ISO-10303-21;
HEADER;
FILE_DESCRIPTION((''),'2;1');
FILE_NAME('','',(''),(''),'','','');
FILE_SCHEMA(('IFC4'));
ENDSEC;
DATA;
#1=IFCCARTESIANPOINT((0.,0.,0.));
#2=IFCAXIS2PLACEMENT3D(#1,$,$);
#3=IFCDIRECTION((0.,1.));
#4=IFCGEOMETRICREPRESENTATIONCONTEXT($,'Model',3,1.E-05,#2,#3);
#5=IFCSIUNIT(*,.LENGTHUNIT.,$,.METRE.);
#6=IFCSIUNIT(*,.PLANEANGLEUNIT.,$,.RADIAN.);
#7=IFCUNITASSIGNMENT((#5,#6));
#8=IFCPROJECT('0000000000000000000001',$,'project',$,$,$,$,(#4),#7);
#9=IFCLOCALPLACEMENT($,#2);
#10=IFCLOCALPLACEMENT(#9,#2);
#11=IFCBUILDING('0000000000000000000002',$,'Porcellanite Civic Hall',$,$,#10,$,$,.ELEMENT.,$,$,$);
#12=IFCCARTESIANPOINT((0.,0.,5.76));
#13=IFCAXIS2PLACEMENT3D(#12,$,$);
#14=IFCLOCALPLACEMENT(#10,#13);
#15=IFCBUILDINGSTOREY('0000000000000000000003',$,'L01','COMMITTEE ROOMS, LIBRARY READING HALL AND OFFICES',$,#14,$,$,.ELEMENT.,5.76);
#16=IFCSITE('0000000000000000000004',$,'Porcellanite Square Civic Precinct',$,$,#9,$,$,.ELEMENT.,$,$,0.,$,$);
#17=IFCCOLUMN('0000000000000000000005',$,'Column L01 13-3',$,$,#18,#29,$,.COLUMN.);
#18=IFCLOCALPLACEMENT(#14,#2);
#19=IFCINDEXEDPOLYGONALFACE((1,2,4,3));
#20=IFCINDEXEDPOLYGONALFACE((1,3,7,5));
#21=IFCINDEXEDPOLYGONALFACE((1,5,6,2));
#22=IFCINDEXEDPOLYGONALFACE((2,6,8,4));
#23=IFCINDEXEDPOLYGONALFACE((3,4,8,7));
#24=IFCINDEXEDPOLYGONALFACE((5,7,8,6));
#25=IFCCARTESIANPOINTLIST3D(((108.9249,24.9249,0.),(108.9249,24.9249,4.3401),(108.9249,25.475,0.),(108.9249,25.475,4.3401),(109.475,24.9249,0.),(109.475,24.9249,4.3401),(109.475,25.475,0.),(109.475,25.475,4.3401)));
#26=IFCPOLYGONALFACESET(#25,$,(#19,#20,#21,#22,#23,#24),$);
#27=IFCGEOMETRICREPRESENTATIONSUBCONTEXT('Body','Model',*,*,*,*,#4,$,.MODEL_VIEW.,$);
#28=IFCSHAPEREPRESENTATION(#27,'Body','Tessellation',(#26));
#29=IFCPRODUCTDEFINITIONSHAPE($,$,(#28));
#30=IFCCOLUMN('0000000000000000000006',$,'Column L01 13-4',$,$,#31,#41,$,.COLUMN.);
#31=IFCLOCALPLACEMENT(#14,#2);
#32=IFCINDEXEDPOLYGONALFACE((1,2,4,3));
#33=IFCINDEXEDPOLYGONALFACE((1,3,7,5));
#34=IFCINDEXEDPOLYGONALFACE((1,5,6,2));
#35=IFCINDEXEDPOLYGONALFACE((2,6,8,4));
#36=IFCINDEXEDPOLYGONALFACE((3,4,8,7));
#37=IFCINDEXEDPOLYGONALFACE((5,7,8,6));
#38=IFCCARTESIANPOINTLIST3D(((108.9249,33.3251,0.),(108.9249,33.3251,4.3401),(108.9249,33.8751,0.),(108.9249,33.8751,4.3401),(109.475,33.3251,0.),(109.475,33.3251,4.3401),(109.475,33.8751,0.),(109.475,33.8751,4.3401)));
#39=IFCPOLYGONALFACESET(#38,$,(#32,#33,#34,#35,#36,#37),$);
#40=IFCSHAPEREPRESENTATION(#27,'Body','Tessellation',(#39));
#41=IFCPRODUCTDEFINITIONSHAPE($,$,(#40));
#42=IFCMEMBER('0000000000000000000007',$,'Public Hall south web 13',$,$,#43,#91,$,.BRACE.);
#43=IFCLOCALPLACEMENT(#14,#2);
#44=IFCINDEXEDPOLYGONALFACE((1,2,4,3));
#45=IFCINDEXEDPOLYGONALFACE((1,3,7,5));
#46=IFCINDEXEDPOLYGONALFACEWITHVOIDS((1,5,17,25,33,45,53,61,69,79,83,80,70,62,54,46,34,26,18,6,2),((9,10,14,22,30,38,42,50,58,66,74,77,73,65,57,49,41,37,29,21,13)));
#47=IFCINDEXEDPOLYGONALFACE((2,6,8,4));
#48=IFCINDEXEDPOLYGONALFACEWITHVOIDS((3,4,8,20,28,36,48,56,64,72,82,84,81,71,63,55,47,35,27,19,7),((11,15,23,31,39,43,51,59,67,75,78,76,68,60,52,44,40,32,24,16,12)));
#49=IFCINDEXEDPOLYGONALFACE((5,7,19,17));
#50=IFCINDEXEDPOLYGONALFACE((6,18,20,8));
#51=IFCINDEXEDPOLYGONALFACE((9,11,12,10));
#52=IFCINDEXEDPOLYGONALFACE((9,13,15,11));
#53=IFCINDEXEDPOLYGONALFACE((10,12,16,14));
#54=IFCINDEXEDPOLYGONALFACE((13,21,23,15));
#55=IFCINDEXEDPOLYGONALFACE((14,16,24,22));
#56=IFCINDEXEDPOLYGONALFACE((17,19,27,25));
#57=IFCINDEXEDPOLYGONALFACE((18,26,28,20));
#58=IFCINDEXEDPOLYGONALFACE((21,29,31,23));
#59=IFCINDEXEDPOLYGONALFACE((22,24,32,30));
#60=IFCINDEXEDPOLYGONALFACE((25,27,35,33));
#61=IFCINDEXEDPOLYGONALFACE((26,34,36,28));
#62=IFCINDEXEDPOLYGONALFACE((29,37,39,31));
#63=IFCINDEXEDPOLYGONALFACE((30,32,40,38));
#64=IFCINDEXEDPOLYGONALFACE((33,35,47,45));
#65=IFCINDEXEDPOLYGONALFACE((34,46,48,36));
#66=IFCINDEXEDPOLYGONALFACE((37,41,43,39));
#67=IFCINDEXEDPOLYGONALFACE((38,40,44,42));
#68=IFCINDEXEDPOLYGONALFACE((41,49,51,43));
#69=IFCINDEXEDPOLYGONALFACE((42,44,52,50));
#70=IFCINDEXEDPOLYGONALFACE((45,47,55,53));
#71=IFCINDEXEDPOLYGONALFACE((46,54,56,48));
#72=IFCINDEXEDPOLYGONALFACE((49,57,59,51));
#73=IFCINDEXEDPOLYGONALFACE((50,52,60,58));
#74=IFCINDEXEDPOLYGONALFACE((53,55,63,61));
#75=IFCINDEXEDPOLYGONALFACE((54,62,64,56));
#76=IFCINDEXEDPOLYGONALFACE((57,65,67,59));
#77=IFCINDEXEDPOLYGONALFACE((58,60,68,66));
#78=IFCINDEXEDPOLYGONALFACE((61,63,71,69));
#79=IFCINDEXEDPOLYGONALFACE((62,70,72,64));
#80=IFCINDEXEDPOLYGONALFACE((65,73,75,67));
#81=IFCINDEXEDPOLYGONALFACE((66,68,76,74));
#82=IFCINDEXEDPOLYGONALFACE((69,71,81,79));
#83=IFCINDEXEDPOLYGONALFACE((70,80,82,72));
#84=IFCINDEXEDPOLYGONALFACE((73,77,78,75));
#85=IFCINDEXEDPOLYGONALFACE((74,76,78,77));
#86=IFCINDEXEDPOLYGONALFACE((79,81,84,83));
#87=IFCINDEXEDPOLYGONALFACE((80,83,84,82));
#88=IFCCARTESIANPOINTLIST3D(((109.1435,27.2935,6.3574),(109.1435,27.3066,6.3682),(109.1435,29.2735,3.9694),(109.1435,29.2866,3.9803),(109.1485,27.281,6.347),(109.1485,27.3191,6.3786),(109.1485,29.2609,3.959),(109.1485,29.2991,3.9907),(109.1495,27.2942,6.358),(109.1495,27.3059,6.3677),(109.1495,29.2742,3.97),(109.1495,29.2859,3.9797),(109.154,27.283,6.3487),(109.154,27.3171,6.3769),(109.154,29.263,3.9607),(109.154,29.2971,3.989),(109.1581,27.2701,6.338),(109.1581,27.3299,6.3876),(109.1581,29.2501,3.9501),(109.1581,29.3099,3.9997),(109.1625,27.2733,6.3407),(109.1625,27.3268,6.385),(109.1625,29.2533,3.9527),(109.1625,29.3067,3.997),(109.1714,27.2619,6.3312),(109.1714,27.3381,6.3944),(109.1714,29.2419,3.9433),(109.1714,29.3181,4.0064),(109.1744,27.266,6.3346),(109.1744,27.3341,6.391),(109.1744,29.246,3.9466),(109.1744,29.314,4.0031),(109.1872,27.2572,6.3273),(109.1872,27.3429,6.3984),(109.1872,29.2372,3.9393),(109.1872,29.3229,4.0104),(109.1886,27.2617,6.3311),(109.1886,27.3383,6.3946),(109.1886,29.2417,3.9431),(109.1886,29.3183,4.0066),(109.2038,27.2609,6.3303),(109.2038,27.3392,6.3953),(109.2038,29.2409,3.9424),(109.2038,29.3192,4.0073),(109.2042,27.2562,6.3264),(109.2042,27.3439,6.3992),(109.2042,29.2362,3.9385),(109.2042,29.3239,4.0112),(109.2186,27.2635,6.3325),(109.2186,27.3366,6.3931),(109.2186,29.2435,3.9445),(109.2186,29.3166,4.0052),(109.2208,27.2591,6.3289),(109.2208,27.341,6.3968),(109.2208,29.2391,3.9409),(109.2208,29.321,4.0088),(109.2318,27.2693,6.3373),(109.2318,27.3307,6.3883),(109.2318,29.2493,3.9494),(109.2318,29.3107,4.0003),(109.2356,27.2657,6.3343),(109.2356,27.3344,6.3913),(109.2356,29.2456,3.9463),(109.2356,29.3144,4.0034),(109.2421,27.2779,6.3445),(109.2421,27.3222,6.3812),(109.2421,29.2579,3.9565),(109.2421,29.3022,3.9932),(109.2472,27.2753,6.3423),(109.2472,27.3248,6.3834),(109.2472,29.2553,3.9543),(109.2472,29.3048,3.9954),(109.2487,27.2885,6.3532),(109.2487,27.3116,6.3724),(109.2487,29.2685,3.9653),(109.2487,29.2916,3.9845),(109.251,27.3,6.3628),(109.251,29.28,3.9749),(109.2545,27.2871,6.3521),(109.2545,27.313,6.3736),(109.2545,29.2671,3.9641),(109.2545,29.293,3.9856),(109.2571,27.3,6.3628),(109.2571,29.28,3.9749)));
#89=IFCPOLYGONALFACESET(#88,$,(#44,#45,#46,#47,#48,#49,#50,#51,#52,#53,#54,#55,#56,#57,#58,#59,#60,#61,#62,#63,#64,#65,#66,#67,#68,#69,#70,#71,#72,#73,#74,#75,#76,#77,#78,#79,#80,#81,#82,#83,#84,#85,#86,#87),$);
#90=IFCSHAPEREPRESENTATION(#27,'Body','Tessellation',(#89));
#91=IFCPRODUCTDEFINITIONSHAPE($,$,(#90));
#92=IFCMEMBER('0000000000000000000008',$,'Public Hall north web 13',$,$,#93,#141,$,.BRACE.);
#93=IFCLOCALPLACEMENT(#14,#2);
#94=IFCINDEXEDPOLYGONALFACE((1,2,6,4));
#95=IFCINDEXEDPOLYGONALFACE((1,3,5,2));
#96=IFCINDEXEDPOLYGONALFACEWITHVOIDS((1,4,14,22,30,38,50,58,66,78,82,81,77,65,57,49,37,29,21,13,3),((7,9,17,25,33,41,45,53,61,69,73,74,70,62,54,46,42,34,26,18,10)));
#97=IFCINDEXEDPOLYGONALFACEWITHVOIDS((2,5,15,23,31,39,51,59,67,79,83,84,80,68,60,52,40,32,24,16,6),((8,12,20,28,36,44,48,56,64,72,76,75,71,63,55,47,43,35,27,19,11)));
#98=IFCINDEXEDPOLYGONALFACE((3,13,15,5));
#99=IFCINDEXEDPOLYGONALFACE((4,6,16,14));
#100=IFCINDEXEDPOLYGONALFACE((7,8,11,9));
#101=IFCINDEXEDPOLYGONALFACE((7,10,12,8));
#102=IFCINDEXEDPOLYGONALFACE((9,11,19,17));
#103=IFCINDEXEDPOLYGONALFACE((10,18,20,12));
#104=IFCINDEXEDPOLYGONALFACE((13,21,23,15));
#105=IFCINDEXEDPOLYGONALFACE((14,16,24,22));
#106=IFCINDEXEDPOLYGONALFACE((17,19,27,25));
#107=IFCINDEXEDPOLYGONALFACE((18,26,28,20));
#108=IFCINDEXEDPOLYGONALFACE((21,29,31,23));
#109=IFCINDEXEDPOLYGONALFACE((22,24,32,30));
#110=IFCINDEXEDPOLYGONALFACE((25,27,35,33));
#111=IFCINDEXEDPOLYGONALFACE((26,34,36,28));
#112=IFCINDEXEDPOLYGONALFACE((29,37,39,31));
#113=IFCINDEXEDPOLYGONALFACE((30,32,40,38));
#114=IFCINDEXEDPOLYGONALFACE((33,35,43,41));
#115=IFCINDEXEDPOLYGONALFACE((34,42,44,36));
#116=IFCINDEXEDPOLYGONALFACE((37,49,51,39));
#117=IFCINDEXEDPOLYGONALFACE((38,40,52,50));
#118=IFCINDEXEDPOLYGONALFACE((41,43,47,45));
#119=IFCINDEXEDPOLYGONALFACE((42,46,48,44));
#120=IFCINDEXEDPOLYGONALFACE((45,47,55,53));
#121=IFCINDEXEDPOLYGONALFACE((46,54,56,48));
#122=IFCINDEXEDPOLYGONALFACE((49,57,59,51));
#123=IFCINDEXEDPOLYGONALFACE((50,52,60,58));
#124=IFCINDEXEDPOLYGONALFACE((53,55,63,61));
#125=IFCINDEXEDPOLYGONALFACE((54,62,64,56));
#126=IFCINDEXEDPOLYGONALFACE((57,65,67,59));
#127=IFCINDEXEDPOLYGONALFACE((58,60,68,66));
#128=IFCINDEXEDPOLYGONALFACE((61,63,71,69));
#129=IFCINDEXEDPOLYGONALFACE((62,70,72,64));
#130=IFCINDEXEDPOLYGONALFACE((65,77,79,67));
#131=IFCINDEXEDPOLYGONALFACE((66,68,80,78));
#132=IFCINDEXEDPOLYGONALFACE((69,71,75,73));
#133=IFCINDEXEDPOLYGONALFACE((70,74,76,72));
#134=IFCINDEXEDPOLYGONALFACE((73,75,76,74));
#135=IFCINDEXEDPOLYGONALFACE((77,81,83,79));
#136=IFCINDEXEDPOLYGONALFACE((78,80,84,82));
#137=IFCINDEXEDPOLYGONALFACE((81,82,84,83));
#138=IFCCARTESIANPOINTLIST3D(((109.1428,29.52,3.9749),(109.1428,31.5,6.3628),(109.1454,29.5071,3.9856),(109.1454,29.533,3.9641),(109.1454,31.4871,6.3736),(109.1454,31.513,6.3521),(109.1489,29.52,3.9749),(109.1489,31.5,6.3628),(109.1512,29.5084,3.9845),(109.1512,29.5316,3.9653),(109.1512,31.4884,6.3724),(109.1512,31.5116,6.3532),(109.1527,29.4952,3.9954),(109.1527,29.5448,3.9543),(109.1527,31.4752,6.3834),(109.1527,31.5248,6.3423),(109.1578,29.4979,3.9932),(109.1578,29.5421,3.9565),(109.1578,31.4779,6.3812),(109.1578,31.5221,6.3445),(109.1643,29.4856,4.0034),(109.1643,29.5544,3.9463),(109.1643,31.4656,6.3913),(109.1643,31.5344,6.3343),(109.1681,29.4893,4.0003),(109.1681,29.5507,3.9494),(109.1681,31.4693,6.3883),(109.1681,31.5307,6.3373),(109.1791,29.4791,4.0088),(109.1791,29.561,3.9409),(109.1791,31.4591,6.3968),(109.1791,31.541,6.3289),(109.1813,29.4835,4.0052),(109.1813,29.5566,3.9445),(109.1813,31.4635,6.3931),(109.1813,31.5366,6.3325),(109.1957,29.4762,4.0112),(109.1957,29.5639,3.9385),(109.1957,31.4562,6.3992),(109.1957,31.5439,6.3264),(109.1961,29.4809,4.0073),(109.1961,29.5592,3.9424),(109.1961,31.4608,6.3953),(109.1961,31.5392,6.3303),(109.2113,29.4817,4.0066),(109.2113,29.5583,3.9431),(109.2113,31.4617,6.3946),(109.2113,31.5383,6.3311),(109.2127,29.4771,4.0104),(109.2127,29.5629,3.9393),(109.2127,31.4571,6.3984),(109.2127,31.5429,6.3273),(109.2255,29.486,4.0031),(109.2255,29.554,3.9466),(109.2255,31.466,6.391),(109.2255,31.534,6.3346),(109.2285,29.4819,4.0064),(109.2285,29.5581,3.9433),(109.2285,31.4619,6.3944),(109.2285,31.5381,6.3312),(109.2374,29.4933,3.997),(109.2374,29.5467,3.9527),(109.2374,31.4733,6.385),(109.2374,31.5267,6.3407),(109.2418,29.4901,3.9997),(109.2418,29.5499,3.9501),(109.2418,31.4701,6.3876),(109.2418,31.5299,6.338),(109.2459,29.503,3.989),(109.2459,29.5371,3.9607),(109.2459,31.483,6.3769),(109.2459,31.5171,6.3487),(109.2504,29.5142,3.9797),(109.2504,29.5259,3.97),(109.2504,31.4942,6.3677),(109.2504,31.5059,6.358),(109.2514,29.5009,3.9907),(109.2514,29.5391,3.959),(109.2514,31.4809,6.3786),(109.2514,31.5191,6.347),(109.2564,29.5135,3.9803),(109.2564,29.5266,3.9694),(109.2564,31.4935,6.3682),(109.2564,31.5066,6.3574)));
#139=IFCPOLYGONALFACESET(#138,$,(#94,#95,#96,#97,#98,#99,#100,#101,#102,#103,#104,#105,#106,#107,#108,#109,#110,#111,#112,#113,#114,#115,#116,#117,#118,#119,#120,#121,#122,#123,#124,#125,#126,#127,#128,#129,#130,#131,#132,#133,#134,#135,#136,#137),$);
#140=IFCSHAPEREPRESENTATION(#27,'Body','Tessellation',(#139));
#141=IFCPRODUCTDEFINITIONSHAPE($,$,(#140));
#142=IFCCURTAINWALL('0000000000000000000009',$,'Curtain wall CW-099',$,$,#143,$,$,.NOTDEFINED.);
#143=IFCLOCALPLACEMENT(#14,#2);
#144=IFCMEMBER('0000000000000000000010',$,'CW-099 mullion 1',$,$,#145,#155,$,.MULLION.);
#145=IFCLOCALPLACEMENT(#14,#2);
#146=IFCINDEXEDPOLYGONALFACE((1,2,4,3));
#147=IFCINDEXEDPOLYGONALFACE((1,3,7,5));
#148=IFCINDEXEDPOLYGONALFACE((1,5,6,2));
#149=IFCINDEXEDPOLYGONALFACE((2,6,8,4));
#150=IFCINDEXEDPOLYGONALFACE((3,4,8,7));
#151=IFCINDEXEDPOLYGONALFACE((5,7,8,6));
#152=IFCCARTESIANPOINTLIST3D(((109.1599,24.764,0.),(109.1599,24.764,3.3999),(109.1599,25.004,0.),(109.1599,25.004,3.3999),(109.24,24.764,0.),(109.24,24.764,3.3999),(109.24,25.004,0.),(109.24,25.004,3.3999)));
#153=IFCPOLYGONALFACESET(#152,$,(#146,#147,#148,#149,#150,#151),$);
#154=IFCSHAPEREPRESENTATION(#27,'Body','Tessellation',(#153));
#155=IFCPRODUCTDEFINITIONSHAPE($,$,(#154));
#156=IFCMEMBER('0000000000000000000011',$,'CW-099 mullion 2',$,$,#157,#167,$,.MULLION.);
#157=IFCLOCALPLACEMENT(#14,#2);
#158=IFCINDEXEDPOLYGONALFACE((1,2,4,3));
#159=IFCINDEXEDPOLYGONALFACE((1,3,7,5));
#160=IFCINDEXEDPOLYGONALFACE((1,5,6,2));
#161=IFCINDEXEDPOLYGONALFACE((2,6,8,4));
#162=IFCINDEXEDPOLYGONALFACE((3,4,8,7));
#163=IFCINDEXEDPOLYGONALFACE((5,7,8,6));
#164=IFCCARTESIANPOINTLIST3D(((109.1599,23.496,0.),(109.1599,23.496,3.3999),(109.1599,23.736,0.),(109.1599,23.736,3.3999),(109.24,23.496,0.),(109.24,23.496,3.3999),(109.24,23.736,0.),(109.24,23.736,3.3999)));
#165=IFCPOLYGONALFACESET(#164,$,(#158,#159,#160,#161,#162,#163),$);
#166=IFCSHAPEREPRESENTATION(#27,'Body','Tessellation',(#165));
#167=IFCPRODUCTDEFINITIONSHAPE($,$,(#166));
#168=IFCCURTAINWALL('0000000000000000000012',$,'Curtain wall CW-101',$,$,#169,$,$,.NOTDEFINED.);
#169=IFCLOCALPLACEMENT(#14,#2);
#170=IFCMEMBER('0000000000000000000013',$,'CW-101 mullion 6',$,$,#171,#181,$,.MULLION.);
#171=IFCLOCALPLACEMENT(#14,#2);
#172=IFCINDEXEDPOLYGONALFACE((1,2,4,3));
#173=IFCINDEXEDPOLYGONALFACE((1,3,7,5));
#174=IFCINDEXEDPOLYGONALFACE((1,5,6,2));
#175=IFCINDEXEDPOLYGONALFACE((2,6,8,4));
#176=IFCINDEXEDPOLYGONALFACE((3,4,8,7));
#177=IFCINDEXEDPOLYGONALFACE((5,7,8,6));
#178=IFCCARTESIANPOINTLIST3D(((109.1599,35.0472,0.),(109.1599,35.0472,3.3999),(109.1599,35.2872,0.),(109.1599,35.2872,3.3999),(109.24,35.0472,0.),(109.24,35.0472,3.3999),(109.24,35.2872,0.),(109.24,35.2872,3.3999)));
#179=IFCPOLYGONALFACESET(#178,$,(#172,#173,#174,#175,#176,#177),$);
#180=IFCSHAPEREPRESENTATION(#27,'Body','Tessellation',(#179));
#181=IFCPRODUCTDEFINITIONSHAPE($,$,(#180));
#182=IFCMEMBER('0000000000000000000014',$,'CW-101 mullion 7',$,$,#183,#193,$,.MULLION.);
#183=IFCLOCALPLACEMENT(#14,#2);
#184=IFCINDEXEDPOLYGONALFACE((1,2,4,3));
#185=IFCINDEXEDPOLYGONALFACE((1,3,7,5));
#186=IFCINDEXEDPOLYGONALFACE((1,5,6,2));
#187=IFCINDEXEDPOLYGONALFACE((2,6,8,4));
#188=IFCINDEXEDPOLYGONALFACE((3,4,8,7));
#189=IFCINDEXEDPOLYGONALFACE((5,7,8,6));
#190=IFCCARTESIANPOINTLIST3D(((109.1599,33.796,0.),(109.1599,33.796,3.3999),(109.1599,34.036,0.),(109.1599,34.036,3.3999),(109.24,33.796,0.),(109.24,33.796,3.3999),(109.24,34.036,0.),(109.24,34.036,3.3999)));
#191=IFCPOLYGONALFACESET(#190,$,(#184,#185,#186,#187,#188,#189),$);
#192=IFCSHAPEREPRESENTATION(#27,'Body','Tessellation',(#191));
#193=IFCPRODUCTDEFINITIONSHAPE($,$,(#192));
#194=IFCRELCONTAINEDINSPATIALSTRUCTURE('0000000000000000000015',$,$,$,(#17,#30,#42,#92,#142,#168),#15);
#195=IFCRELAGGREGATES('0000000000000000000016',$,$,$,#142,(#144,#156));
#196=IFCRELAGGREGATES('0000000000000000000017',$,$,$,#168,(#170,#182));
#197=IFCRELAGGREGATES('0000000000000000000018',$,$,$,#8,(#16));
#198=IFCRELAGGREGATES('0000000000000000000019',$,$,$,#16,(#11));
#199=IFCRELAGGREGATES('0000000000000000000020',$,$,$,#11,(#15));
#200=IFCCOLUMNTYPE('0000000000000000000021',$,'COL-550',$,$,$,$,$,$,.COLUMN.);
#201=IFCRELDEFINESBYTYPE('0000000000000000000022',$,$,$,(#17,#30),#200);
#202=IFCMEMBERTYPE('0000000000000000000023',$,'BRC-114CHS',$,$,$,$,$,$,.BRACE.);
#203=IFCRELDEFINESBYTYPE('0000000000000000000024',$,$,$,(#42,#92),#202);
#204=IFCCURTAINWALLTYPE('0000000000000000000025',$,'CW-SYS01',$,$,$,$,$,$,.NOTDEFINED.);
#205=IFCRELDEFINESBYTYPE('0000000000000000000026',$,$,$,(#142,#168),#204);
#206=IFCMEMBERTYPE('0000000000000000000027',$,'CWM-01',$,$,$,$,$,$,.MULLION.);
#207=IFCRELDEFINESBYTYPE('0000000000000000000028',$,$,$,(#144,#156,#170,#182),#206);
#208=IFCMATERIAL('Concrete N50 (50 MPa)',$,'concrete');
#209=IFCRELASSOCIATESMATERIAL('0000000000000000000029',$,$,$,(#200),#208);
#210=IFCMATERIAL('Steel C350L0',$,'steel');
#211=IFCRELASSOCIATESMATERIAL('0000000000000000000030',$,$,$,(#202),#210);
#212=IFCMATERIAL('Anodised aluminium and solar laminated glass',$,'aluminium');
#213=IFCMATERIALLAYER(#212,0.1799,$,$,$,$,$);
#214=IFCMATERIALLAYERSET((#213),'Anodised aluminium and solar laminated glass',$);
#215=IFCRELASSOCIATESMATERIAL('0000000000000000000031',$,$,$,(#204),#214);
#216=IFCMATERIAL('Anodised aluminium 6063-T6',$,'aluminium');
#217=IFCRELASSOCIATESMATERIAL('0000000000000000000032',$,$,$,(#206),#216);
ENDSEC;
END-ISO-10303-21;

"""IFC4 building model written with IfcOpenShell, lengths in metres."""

from ifc_helpers import new_model, si_unit, direction, frame, origin, origin_2d, place, context, subcontext, project, spatial, rectangle, hollow_circle, extrude, material, layer, layer_set, material_profile, profile_set, type_object, element, aggregate, save


model = new_model("IFC4")

# Units and contexts
model_context = context("Model", 3, precision=1e-05, world=origin(), true_north=direction((0.0, 1.0)))
body_context = subcontext(model_context, "Body", "Model", "MODEL_VIEW")
ifc_project = project(units=[si_unit("LENGTHUNIT", "METRE"), si_unit("PLANEANGLEUNIT", "RADIAN")], contexts=[model_context])

# Site, building, storey
site_placement = place(None, origin())
site = spatial("IfcSite", under=ifc_project, at=site_placement, Name="Porcellanite Square Civic Precinct", CompositionType="ELEMENT", RefElevation=0.0)
building_placement = place(site_placement, origin())
building = spatial("IfcBuilding", under=site, at=building_placement, Name="Porcellanite Civic Hall", CompositionType="ELEMENT")
storey_placement = place(building_placement, frame((0.0, 0.0, 5.76)))
storey = spatial("IfcBuildingStorey", under=building, at=storey_placement, Name="L01", Description="COMMITTEE ROOMS, LIBRARY READING HALL AND OFFICES", CompositionType="ELEMENT", Elevation=5.76)

# Columns
ifc_material_1 = material(Name="Concrete N50 (50 MPa)", Category="concrete")
ifc_material_profile_1 = material_profile(ifc_material_1, rectangle(XDim=0.55, YDim=0.55, at=origin_2d()), Name="RC-550x550")
ifc_profile_set_1 = profile_set([ifc_material_profile_1], Name="Concrete N50 (50 MPa)")
column_type = type_object("IfcColumnType", Name="COL-550", PredefinedType="COLUMN", material=ifc_profile_set_1)
for number, where, z_axis, x_axis, name in (
    (1, (109.2, 25.2, 0.0), (0.0, 0.0, 1.0), (1.0, 0.0, 0.0), "Column L01 13-3"),
    (2, (109.2, 33.6001, 0.0), (0.0, 0.0, 1.0), (1.0, 0.0, 0.0), "Column L01 13-4"),
):
    element("IfcColumn", number, at=place(storey_placement, frame(where, z_axis=z_axis, x_axis=x_axis)), inside=storey, type_object=column_type, Name=name, PredefinedType="COLUMN", context=body_context, shape_type="SweptSolid", body=[
        extrude(rectangle(XDim=0.55, YDim=0.55, at=origin_2d()), origin(), (0.0, 0.0, 1.0), 4.3401),
    ])

# Members
ifc_material_2 = material(Name="Steel C350L0", Category="steel")
ifc_material_profile_2 = material_profile(ifc_material_2, hollow_circle(Radius=0.0571, WallThickness=0.0061, at=origin_2d()), Name="114.3x6.0CHS")
ifc_profile_set_2 = profile_set([ifc_material_profile_2], Name="Steel C350L0")
member_type_1 = type_object("IfcMemberType", Name="BRC-114CHS", PredefinedType="BRACE", material=ifc_profile_set_2)
for number, where, z_axis, x_axis, name in (
    (3, (109.2, 29.28, 3.9749), (0.0, -0.638286, 0.769799), (1.0, 0.0, 0.0), "Public Hall south web 13"),
    (4, (109.2, 29.52, 3.9749), (0.0, 0.638286, 0.769799), (-1.0, 0.0, 0.0), "Public Hall north web 13"),
):
    element("IfcMember", number, at=place(storey_placement, frame(where, z_axis=z_axis, x_axis=x_axis)), inside=storey, type_object=member_type_1, Name=name, PredefinedType="BRACE", context=body_context, shape_type="SweptSolid", body=[
        extrude(hollow_circle(Radius=0.0571, WallThickness=0.0061, at=origin_2d()), origin(), (0.0, 0.0, 1.0), 3.1021),
    ])

# Curtain walls, members
ifc_material_3 = material(Name="Anodised aluminium and solar laminated glass", Category="aluminium")
ifc_layer_1 = layer(ifc_material_3, 0.1799)
ifc_layer_set_1 = layer_set([ifc_layer_1], Name="Anodised aluminium and solar laminated glass")
curtain_wall_type = type_object("IfcCurtainWallType", Name="CW-SYS01", PredefinedType="NOTDEFINED", material=ifc_layer_set_1)
curtain_wall_1_placement = place(storey_placement, origin())
curtain_wall_1 = element("IfcCurtainWall", 5, at=curtain_wall_1_placement, inside=storey, type_object=curtain_wall_type, Name="Curtain wall CW-099", PredefinedType="NOTDEFINED")
ifc_material_4 = material(Name="Anodised aluminium 6063-T6", Category="aluminium")
ifc_material_profile_3 = material_profile(ifc_material_4, rectangle(XDim=0.0801, YDim=0.24, at=origin_2d()), Name="AL-80x240")
ifc_profile_set_3 = profile_set([ifc_material_profile_3], Name="Anodised aluminium 6063-T6")
member_type_2 = type_object("IfcMemberType", Name="CWM-01", PredefinedType="MULLION", material=ifc_profile_set_3)
member_1_placement = place(storey_placement, frame((109.2, 24.884, 0.0), z_axis=(0.0, 0.0, 1.0), x_axis=(1.0, 0.0, 0.0)))
member_1 = element("IfcMember", 6, at=member_1_placement, type_object=member_type_2, Name="CW-099 mullion 1", PredefinedType="MULLION", context=body_context, shape_type="SweptSolid", body=[
    extrude(rectangle(XDim=0.0801, YDim=0.24, at=origin_2d()), origin(), (0.0, 0.0, 1.0), 3.3999),
])
member_2_placement = place(storey_placement, frame((109.2, 23.616, 0.0), z_axis=(0.0, 0.0, 1.0), x_axis=(1.0, 0.0, 0.0)))
member_2 = element("IfcMember", 7, at=member_2_placement, type_object=member_type_2, Name="CW-099 mullion 2", PredefinedType="MULLION", context=body_context, shape_type="SweptSolid", body=[
    extrude(rectangle(XDim=0.0801, YDim=0.24, at=origin_2d()), origin(), (0.0, 0.0, 1.0), 3.3999),
])
curtain_wall_2_placement = place(storey_placement, origin())
curtain_wall_2 = element("IfcCurtainWall", 8, at=curtain_wall_2_placement, inside=storey, type_object=curtain_wall_type, Name="Curtain wall CW-101", PredefinedType="NOTDEFINED")
member_3_placement = place(storey_placement, frame((109.2, 35.1672, 0.0), z_axis=(0.0, 0.0, 1.0), x_axis=(1.0, 0.0, 0.0)))
member_3 = element("IfcMember", 9, at=member_3_placement, type_object=member_type_2, Name="CW-101 mullion 6", PredefinedType="MULLION", context=body_context, shape_type="SweptSolid", body=[
    extrude(rectangle(XDim=0.0801, YDim=0.24, at=origin_2d()), origin(), (0.0, 0.0, 1.0), 3.3999),
])
member_4_placement = place(storey_placement, frame((109.2, 33.916, 0.0), z_axis=(0.0, 0.0, 1.0), x_axis=(1.0, 0.0, 0.0)))
member_4 = element("IfcMember", 10, at=member_4_placement, type_object=member_type_2, Name="CW-101 mullion 7", PredefinedType="MULLION", context=body_context, shape_type="SweptSolid", body=[
    extrude(rectangle(XDim=0.0801, YDim=0.24, at=origin_2d()), origin(), (0.0, 0.0, 1.0), 3.3999),
])

aggregate(curtain_wall_1, [member_1, member_2])
aggregate(curtain_wall_2, [member_3, member_4])

save(model, "model.ifc")
